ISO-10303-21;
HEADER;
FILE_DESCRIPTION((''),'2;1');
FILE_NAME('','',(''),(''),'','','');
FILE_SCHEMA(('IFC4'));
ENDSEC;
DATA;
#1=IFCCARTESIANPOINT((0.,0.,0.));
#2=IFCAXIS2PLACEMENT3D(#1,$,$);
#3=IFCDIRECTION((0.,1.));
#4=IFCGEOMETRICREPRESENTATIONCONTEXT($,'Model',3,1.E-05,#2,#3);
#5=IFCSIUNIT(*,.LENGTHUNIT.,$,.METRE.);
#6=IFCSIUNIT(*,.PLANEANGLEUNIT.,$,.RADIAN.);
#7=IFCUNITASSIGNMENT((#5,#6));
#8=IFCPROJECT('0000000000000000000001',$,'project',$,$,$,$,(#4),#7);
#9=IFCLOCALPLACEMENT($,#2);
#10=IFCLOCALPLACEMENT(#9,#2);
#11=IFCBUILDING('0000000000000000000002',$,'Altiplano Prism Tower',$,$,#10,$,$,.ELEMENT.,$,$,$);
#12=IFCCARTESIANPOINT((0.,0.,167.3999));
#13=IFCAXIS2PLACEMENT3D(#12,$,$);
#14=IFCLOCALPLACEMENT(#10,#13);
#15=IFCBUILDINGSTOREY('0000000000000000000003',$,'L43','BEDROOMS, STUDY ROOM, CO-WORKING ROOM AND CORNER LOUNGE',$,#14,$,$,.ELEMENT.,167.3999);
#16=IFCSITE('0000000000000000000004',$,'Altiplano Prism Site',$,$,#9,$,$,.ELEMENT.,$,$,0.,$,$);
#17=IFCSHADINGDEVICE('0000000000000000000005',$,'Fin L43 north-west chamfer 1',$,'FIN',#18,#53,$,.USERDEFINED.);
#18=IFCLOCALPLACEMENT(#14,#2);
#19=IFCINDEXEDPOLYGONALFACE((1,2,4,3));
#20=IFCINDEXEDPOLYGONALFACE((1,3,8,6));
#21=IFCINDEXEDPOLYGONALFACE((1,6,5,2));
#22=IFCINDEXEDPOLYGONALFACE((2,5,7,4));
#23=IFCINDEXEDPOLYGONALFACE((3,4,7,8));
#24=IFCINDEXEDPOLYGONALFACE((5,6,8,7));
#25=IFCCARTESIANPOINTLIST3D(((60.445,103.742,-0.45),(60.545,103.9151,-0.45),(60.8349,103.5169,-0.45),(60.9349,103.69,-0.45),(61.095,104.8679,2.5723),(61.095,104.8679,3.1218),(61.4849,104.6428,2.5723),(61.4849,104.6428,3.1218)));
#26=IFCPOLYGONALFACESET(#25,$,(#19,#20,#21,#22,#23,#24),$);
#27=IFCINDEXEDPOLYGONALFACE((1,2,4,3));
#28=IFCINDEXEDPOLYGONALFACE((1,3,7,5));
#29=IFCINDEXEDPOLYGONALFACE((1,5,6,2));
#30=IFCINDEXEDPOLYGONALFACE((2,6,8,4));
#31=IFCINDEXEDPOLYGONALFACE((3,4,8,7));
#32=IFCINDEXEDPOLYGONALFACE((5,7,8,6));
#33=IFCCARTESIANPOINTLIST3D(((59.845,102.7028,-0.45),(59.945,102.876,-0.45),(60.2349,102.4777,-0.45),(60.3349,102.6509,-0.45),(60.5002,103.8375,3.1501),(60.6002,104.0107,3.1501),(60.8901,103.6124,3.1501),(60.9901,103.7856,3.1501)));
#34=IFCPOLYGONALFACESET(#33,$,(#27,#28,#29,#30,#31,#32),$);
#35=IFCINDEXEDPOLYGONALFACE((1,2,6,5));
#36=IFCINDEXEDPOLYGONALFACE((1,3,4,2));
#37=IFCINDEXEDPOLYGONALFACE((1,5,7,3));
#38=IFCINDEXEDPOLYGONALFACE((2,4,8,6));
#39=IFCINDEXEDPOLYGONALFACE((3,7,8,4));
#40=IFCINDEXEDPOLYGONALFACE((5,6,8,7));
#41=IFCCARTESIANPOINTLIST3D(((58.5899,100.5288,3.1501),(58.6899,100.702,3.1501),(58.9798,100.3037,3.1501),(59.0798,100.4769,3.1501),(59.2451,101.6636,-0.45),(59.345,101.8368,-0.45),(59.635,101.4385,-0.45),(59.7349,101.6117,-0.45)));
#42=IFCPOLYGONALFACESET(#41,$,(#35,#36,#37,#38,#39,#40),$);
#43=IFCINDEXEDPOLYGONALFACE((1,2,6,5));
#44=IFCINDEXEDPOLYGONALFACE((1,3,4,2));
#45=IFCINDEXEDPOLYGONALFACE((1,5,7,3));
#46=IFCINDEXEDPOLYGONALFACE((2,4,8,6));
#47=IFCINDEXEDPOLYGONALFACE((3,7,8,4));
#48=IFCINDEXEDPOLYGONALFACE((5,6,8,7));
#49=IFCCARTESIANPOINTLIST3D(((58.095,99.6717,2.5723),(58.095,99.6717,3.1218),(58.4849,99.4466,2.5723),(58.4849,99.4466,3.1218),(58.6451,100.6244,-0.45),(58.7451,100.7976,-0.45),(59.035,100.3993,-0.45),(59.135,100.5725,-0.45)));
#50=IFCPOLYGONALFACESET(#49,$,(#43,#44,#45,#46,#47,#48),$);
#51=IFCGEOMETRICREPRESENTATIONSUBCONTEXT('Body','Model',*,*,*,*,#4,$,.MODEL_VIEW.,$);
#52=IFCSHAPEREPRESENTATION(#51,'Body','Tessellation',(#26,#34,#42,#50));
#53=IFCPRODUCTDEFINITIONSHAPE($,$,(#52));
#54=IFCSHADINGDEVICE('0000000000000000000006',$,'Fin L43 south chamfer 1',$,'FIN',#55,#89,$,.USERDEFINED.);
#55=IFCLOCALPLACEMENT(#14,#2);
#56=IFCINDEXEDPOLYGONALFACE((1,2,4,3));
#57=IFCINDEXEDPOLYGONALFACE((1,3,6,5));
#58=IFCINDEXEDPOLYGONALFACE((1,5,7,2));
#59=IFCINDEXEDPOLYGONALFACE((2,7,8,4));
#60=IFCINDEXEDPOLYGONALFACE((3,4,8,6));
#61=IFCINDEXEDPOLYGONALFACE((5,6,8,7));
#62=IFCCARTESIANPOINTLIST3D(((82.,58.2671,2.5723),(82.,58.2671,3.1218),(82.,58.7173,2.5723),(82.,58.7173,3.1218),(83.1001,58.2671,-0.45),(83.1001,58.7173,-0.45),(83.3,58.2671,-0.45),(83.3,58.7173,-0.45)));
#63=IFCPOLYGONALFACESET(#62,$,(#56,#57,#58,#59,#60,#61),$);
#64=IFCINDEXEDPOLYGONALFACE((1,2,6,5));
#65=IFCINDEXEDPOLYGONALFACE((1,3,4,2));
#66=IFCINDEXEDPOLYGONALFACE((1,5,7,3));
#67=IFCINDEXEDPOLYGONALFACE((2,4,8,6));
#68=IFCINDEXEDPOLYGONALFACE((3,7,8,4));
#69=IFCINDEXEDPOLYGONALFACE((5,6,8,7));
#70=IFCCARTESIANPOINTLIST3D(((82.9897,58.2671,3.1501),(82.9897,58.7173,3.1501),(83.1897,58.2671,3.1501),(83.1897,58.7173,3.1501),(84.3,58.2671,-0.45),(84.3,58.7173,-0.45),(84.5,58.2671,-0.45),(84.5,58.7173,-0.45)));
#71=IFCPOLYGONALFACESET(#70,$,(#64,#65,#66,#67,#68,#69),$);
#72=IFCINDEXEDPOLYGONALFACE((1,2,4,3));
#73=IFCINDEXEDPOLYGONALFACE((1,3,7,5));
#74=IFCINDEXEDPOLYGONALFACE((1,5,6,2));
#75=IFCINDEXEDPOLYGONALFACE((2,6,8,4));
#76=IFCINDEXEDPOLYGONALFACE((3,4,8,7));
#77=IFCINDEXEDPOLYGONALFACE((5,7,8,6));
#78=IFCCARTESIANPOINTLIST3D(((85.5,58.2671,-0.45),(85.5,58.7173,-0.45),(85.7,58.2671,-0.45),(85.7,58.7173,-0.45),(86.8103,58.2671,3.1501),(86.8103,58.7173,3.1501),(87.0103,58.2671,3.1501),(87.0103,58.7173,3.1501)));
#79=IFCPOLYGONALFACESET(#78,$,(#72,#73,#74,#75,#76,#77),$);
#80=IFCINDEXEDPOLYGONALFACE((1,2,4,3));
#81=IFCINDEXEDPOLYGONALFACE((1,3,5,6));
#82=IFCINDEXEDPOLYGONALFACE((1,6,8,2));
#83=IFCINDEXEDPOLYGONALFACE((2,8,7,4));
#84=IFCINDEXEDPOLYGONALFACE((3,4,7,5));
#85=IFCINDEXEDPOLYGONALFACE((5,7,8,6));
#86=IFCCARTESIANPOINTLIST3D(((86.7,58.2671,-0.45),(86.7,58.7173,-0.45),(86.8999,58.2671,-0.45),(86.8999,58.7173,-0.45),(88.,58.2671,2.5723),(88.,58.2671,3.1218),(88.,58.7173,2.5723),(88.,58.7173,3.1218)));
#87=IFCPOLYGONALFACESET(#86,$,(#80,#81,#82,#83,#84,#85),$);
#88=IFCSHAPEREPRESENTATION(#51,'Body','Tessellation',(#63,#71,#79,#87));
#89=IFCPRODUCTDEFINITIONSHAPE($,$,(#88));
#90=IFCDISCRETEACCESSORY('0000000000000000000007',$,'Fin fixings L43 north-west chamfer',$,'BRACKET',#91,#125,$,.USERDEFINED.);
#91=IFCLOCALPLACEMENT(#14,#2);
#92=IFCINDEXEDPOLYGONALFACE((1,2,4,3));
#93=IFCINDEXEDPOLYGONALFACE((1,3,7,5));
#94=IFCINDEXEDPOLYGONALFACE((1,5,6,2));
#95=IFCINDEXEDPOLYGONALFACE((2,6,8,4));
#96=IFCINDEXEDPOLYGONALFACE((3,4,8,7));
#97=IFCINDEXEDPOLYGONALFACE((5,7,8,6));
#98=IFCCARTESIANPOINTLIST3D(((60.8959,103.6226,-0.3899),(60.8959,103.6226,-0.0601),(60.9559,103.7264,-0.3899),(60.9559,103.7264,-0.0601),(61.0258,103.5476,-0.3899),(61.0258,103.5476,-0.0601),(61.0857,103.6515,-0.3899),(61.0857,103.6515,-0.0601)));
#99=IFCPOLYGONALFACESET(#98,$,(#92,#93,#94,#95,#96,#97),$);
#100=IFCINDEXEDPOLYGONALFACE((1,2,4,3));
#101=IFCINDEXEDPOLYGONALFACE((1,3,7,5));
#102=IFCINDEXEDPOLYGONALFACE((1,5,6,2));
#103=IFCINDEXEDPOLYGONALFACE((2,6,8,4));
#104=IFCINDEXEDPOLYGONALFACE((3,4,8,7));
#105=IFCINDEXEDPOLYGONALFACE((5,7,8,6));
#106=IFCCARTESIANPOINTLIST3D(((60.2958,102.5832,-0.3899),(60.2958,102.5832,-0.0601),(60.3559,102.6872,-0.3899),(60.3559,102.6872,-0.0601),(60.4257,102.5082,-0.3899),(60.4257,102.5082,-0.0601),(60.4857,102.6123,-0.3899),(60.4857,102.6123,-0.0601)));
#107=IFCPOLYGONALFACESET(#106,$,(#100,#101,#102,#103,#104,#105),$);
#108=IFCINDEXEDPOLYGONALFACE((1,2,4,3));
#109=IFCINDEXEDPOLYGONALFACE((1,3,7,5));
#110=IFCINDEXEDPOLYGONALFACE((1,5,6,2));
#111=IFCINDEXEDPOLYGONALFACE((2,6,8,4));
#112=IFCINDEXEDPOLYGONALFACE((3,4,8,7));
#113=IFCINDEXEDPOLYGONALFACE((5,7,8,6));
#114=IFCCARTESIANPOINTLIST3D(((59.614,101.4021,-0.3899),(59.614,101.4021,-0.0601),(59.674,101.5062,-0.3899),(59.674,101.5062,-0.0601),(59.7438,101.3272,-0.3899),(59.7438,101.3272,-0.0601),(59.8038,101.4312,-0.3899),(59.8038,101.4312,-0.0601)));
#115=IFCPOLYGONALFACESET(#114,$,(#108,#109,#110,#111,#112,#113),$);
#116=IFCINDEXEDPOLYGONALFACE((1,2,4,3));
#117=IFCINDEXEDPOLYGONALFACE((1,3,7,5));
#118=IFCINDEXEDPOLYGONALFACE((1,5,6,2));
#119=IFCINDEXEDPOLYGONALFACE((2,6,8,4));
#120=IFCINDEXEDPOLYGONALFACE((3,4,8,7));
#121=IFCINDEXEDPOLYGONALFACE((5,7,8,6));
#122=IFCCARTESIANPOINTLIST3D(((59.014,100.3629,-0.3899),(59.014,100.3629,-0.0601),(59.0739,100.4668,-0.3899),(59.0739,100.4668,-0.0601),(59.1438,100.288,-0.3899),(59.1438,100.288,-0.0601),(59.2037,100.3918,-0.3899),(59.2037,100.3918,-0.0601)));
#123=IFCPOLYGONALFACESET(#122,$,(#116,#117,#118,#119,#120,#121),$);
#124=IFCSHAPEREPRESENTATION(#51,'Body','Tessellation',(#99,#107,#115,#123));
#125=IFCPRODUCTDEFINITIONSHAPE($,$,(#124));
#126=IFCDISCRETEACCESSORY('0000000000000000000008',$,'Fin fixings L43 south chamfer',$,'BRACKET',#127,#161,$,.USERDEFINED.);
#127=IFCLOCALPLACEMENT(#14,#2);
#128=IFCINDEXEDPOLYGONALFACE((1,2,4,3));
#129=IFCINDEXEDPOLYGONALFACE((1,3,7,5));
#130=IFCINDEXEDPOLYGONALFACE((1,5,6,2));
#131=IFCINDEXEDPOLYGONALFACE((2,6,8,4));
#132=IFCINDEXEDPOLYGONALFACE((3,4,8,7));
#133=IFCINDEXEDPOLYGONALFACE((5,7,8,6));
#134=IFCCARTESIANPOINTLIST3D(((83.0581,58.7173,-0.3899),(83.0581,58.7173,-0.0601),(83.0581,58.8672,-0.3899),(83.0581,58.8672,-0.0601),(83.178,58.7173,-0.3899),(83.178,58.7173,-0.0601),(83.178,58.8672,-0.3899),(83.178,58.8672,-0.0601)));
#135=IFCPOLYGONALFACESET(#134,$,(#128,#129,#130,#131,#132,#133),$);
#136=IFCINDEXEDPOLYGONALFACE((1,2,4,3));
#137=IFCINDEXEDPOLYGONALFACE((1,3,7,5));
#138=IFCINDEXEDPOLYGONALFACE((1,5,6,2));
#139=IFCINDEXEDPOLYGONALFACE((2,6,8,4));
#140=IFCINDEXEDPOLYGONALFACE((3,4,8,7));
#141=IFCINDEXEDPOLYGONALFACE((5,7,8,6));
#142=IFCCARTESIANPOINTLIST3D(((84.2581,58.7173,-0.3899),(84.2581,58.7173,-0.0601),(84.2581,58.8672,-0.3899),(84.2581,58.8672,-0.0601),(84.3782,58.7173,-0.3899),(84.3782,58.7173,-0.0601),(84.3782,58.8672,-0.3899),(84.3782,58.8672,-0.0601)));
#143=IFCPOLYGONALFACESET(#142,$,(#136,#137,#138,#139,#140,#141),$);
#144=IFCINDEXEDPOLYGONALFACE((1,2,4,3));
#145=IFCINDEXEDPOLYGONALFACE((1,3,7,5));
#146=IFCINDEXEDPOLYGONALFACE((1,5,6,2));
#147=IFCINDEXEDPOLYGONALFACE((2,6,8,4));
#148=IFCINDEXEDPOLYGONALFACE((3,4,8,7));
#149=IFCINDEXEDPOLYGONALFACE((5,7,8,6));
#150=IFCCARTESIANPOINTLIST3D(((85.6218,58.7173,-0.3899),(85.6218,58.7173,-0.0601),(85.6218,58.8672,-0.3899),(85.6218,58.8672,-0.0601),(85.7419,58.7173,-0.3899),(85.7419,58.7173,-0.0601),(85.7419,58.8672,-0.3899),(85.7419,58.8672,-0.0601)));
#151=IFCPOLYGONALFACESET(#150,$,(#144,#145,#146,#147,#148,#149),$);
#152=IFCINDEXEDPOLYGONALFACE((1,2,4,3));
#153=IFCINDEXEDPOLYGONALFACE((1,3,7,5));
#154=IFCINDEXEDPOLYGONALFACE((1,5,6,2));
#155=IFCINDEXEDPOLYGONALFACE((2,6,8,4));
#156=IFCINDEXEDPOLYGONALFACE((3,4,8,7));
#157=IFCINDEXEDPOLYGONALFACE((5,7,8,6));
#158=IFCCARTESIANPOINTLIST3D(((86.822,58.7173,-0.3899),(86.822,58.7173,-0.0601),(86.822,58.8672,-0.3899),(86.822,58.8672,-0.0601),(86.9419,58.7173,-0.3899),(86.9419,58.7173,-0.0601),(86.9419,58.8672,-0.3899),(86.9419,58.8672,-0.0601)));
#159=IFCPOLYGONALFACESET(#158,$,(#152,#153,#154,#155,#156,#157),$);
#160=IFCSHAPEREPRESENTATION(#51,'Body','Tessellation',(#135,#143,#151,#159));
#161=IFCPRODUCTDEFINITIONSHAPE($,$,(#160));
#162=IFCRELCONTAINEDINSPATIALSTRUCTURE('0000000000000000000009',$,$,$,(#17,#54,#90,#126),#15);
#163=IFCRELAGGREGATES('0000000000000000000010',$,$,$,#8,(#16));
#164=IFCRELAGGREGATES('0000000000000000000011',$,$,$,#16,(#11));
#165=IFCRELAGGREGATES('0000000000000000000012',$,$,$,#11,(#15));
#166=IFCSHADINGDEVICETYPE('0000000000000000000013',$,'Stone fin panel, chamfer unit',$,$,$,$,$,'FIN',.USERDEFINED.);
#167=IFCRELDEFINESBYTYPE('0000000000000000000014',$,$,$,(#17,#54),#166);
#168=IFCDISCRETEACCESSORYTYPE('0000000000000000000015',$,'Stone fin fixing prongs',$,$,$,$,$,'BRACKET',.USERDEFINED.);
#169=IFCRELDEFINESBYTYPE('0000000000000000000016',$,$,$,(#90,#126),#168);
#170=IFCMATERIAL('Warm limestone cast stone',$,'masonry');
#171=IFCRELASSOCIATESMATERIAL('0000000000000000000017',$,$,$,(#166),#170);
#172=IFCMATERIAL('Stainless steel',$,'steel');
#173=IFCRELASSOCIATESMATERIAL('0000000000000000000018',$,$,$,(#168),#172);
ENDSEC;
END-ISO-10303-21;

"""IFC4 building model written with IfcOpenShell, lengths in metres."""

from ifc_helpers import new_model, si_unit, direction, frame, origin, place, context, subcontext, project, spatial, polyline, outline, extrude, source, transform, mapped, material, type_object, element, save


model = new_model("IFC4")

# Units and contexts
model_context = context("Model", 3, precision=1e-05, world=origin(), true_north=direction((0.0, 1.0)))
body_context = subcontext(model_context, "Body", "Model", "MODEL_VIEW")
ifc_project = project(units=[si_unit("LENGTHUNIT", "METRE"), si_unit("PLANEANGLEUNIT", "RADIAN")], contexts=[model_context])

# Site, building, storey
site_placement = place(None, origin())
site = spatial("IfcSite", under=ifc_project, at=site_placement, Name="Altiplano Prism Site", CompositionType="ELEMENT", RefElevation=0.0)
building_placement = place(site_placement, origin())
building = spatial("IfcBuilding", under=site, at=building_placement, Name="Altiplano Prism Tower", CompositionType="ELEMENT")
storey_placement = place(building_placement, frame((0.0, 0.0, 167.3999)))
storey = spatial("IfcBuildingStorey", under=building, at=storey_placement, Name="L43", Description="BEDROOMS, STUDY ROOM, CO-WORKING ROOM AND CORNER LOUNGE", CompositionType="ELEMENT", Elevation=167.3999)

# Shading devices
ifc_material_1 = material(Name="Warm limestone cast stone", Category="masonry")
shading_device_type_1 = type_object("IfcShadingDeviceType", Name="Stone fin panel, chamfer unit", ElementType="FIN", PredefinedType="USERDEFINED", material=ifc_material_1)
shared_shape_1 = source(origin(), body_context, "Body", "SweptSolid", [
    extrude(outline(polyline([(-3.0, 3.5718), (-3.0, 3.0222), (-1.8999, 0.0), (-1.7, 0.0), (-3.0, 3.5718)])), frame((0.0, -0.1499, 0.0), z_axis=(0.0, -1.0, 0.0), x_axis=(1.0, 0.0, 0.0)), (0.0, 0.0, 1.0), 0.4502),
    extrude(outline(polyline([(-2.0103, 3.6001), (-0.7, 0.0), (-0.5, 0.0), (-1.8103, 3.6001), (-2.0103, 3.6001)])), frame((0.0, -0.1499, 0.0), z_axis=(0.0, -1.0, 0.0), x_axis=(1.0, 0.0, 0.0)), (0.0, 0.0, 1.0), 0.4502),
    extrude(outline(polyline([(1.8103, 3.6001), (0.5, 0.0), (0.7, 0.0), (2.0103, 3.6001), (1.8103, 3.6001)])), frame((0.0, -0.1499, 0.0), z_axis=(0.0, -1.0, 0.0), x_axis=(1.0, 0.0, 0.0)), (0.0, 0.0, 1.0), 0.4502),
    extrude(outline(polyline([(3.0, 3.0222), (3.0, 3.5718), (1.7, 0.0), (1.8999, 0.0), (3.0, 3.0222)])), frame((0.0, -0.1499, 0.0), z_axis=(0.0, -1.0, 0.0), x_axis=(1.0, 0.0, 0.0)), (0.0, 0.0, 1.0), 0.4502),
])
shading_device_1_placement = place(storey_placement, origin())
element("IfcShadingDevice", 1, at=shading_device_1_placement, inside=storey, type_object=shading_device_type_1, Name="Fin L43 north-west chamfer 1", ObjectType="FIN", PredefinedType="USERDEFINED", context=body_context, shape_type="MappedRepresentation", body=[
    mapped(shared_shape_1, transform((60.1147, 101.9697, -0.45), x_axis=(-0.5, -0.866025, 0.0), y_axis=(0.866025, -0.5, 0.0), z_axis=(0.0, 0.0, 1.0))),
])
shading_device_2_placement = place(storey_placement, origin())
element("IfcShadingDevice", 2, at=shading_device_2_placement, inside=storey, type_object=shading_device_type_1, Name="Fin L43 south chamfer 1", ObjectType="FIN", PredefinedType="USERDEFINED", context=body_context, shape_type="MappedRepresentation", body=[
    mapped(shared_shape_1, transform((85.0, 58.8672, -0.45), x_axis=(1.0, 0.0, 0.0), y_axis=(0.0, 1.0, 0.0), z_axis=(0.0, 0.0, 1.0))),
])

# Discrete accessories
ifc_material_2 = material(Name="Stainless steel", Category="steel")
discrete_accessory_type = type_object("IfcDiscreteAccessoryType", Name="Stone fin fixing prongs", ElementType="BRACKET", PredefinedType="USERDEFINED", material=ifc_material_2)
shared_shape_2 = source(origin(), body_context, "Body", "SweptSolid", [
    extrude(outline(polyline([(-1.9419, 0.0601), (-1.822, 0.0601), (-1.822, 0.3899), (-1.9419, 0.3899), (-1.9419, 0.0601)])), frame((0.0, 0.0, 0.0), z_axis=(0.0, -1.0, 0.0), x_axis=(1.0, 0.0, 0.0)), (0.0, 0.0, 1.0), 0.1499),
    extrude(outline(polyline([(-0.7419, 0.0601), (-0.6218, 0.0601), (-0.6218, 0.3899), (-0.7419, 0.3899), (-0.7419, 0.0601)])), frame((0.0, 0.0, 0.0), z_axis=(0.0, -1.0, 0.0), x_axis=(1.0, 0.0, 0.0)), (0.0, 0.0, 1.0), 0.1499),
    extrude(outline(polyline([(0.6218, 0.0601), (0.7419, 0.0601), (0.7419, 0.3899), (0.6218, 0.3899), (0.6218, 0.0601)])), frame((0.0, 0.0, 0.0), z_axis=(0.0, -1.0, 0.0), x_axis=(1.0, 0.0, 0.0)), (0.0, 0.0, 1.0), 0.1499),
    extrude(outline(polyline([(1.822, 0.0601), (1.9419, 0.0601), (1.9419, 0.3899), (1.822, 0.3899), (1.822, 0.0601)])), frame((0.0, 0.0, 0.0), z_axis=(0.0, -1.0, 0.0), x_axis=(1.0, 0.0, 0.0)), (0.0, 0.0, 1.0), 0.1499),
])
discrete_accessory_1_placement = place(storey_placement, origin())
element("IfcDiscreteAccessory", 3, at=discrete_accessory_1_placement, inside=storey, type_object=discrete_accessory_type, Name="Fin fixings L43 north-west chamfer", ObjectType="BRACKET", PredefinedType="USERDEFINED", context=body_context, shape_type="MappedRepresentation", body=[
    mapped(shared_shape_2, transform((60.1147, 101.9697, -0.45), x_axis=(-0.5, -0.866025, 0.0), y_axis=(0.866025, -0.5, 0.0), z_axis=(0.0, 0.0, 1.0))),
])
discrete_accessory_2_placement = place(storey_placement, origin())
element("IfcDiscreteAccessory", 4, at=discrete_accessory_2_placement, inside=storey, type_object=discrete_accessory_type, Name="Fin fixings L43 south chamfer", ObjectType="BRACKET", PredefinedType="USERDEFINED", context=body_context, shape_type="MappedRepresentation", body=[
    mapped(shared_shape_2, transform((85.0, 58.8672, -0.45), x_axis=(1.0, 0.0, 0.0), y_axis=(0.0, 1.0, 0.0), z_axis=(0.0, 0.0, 1.0))),
])

save(model, "model.ifc")
